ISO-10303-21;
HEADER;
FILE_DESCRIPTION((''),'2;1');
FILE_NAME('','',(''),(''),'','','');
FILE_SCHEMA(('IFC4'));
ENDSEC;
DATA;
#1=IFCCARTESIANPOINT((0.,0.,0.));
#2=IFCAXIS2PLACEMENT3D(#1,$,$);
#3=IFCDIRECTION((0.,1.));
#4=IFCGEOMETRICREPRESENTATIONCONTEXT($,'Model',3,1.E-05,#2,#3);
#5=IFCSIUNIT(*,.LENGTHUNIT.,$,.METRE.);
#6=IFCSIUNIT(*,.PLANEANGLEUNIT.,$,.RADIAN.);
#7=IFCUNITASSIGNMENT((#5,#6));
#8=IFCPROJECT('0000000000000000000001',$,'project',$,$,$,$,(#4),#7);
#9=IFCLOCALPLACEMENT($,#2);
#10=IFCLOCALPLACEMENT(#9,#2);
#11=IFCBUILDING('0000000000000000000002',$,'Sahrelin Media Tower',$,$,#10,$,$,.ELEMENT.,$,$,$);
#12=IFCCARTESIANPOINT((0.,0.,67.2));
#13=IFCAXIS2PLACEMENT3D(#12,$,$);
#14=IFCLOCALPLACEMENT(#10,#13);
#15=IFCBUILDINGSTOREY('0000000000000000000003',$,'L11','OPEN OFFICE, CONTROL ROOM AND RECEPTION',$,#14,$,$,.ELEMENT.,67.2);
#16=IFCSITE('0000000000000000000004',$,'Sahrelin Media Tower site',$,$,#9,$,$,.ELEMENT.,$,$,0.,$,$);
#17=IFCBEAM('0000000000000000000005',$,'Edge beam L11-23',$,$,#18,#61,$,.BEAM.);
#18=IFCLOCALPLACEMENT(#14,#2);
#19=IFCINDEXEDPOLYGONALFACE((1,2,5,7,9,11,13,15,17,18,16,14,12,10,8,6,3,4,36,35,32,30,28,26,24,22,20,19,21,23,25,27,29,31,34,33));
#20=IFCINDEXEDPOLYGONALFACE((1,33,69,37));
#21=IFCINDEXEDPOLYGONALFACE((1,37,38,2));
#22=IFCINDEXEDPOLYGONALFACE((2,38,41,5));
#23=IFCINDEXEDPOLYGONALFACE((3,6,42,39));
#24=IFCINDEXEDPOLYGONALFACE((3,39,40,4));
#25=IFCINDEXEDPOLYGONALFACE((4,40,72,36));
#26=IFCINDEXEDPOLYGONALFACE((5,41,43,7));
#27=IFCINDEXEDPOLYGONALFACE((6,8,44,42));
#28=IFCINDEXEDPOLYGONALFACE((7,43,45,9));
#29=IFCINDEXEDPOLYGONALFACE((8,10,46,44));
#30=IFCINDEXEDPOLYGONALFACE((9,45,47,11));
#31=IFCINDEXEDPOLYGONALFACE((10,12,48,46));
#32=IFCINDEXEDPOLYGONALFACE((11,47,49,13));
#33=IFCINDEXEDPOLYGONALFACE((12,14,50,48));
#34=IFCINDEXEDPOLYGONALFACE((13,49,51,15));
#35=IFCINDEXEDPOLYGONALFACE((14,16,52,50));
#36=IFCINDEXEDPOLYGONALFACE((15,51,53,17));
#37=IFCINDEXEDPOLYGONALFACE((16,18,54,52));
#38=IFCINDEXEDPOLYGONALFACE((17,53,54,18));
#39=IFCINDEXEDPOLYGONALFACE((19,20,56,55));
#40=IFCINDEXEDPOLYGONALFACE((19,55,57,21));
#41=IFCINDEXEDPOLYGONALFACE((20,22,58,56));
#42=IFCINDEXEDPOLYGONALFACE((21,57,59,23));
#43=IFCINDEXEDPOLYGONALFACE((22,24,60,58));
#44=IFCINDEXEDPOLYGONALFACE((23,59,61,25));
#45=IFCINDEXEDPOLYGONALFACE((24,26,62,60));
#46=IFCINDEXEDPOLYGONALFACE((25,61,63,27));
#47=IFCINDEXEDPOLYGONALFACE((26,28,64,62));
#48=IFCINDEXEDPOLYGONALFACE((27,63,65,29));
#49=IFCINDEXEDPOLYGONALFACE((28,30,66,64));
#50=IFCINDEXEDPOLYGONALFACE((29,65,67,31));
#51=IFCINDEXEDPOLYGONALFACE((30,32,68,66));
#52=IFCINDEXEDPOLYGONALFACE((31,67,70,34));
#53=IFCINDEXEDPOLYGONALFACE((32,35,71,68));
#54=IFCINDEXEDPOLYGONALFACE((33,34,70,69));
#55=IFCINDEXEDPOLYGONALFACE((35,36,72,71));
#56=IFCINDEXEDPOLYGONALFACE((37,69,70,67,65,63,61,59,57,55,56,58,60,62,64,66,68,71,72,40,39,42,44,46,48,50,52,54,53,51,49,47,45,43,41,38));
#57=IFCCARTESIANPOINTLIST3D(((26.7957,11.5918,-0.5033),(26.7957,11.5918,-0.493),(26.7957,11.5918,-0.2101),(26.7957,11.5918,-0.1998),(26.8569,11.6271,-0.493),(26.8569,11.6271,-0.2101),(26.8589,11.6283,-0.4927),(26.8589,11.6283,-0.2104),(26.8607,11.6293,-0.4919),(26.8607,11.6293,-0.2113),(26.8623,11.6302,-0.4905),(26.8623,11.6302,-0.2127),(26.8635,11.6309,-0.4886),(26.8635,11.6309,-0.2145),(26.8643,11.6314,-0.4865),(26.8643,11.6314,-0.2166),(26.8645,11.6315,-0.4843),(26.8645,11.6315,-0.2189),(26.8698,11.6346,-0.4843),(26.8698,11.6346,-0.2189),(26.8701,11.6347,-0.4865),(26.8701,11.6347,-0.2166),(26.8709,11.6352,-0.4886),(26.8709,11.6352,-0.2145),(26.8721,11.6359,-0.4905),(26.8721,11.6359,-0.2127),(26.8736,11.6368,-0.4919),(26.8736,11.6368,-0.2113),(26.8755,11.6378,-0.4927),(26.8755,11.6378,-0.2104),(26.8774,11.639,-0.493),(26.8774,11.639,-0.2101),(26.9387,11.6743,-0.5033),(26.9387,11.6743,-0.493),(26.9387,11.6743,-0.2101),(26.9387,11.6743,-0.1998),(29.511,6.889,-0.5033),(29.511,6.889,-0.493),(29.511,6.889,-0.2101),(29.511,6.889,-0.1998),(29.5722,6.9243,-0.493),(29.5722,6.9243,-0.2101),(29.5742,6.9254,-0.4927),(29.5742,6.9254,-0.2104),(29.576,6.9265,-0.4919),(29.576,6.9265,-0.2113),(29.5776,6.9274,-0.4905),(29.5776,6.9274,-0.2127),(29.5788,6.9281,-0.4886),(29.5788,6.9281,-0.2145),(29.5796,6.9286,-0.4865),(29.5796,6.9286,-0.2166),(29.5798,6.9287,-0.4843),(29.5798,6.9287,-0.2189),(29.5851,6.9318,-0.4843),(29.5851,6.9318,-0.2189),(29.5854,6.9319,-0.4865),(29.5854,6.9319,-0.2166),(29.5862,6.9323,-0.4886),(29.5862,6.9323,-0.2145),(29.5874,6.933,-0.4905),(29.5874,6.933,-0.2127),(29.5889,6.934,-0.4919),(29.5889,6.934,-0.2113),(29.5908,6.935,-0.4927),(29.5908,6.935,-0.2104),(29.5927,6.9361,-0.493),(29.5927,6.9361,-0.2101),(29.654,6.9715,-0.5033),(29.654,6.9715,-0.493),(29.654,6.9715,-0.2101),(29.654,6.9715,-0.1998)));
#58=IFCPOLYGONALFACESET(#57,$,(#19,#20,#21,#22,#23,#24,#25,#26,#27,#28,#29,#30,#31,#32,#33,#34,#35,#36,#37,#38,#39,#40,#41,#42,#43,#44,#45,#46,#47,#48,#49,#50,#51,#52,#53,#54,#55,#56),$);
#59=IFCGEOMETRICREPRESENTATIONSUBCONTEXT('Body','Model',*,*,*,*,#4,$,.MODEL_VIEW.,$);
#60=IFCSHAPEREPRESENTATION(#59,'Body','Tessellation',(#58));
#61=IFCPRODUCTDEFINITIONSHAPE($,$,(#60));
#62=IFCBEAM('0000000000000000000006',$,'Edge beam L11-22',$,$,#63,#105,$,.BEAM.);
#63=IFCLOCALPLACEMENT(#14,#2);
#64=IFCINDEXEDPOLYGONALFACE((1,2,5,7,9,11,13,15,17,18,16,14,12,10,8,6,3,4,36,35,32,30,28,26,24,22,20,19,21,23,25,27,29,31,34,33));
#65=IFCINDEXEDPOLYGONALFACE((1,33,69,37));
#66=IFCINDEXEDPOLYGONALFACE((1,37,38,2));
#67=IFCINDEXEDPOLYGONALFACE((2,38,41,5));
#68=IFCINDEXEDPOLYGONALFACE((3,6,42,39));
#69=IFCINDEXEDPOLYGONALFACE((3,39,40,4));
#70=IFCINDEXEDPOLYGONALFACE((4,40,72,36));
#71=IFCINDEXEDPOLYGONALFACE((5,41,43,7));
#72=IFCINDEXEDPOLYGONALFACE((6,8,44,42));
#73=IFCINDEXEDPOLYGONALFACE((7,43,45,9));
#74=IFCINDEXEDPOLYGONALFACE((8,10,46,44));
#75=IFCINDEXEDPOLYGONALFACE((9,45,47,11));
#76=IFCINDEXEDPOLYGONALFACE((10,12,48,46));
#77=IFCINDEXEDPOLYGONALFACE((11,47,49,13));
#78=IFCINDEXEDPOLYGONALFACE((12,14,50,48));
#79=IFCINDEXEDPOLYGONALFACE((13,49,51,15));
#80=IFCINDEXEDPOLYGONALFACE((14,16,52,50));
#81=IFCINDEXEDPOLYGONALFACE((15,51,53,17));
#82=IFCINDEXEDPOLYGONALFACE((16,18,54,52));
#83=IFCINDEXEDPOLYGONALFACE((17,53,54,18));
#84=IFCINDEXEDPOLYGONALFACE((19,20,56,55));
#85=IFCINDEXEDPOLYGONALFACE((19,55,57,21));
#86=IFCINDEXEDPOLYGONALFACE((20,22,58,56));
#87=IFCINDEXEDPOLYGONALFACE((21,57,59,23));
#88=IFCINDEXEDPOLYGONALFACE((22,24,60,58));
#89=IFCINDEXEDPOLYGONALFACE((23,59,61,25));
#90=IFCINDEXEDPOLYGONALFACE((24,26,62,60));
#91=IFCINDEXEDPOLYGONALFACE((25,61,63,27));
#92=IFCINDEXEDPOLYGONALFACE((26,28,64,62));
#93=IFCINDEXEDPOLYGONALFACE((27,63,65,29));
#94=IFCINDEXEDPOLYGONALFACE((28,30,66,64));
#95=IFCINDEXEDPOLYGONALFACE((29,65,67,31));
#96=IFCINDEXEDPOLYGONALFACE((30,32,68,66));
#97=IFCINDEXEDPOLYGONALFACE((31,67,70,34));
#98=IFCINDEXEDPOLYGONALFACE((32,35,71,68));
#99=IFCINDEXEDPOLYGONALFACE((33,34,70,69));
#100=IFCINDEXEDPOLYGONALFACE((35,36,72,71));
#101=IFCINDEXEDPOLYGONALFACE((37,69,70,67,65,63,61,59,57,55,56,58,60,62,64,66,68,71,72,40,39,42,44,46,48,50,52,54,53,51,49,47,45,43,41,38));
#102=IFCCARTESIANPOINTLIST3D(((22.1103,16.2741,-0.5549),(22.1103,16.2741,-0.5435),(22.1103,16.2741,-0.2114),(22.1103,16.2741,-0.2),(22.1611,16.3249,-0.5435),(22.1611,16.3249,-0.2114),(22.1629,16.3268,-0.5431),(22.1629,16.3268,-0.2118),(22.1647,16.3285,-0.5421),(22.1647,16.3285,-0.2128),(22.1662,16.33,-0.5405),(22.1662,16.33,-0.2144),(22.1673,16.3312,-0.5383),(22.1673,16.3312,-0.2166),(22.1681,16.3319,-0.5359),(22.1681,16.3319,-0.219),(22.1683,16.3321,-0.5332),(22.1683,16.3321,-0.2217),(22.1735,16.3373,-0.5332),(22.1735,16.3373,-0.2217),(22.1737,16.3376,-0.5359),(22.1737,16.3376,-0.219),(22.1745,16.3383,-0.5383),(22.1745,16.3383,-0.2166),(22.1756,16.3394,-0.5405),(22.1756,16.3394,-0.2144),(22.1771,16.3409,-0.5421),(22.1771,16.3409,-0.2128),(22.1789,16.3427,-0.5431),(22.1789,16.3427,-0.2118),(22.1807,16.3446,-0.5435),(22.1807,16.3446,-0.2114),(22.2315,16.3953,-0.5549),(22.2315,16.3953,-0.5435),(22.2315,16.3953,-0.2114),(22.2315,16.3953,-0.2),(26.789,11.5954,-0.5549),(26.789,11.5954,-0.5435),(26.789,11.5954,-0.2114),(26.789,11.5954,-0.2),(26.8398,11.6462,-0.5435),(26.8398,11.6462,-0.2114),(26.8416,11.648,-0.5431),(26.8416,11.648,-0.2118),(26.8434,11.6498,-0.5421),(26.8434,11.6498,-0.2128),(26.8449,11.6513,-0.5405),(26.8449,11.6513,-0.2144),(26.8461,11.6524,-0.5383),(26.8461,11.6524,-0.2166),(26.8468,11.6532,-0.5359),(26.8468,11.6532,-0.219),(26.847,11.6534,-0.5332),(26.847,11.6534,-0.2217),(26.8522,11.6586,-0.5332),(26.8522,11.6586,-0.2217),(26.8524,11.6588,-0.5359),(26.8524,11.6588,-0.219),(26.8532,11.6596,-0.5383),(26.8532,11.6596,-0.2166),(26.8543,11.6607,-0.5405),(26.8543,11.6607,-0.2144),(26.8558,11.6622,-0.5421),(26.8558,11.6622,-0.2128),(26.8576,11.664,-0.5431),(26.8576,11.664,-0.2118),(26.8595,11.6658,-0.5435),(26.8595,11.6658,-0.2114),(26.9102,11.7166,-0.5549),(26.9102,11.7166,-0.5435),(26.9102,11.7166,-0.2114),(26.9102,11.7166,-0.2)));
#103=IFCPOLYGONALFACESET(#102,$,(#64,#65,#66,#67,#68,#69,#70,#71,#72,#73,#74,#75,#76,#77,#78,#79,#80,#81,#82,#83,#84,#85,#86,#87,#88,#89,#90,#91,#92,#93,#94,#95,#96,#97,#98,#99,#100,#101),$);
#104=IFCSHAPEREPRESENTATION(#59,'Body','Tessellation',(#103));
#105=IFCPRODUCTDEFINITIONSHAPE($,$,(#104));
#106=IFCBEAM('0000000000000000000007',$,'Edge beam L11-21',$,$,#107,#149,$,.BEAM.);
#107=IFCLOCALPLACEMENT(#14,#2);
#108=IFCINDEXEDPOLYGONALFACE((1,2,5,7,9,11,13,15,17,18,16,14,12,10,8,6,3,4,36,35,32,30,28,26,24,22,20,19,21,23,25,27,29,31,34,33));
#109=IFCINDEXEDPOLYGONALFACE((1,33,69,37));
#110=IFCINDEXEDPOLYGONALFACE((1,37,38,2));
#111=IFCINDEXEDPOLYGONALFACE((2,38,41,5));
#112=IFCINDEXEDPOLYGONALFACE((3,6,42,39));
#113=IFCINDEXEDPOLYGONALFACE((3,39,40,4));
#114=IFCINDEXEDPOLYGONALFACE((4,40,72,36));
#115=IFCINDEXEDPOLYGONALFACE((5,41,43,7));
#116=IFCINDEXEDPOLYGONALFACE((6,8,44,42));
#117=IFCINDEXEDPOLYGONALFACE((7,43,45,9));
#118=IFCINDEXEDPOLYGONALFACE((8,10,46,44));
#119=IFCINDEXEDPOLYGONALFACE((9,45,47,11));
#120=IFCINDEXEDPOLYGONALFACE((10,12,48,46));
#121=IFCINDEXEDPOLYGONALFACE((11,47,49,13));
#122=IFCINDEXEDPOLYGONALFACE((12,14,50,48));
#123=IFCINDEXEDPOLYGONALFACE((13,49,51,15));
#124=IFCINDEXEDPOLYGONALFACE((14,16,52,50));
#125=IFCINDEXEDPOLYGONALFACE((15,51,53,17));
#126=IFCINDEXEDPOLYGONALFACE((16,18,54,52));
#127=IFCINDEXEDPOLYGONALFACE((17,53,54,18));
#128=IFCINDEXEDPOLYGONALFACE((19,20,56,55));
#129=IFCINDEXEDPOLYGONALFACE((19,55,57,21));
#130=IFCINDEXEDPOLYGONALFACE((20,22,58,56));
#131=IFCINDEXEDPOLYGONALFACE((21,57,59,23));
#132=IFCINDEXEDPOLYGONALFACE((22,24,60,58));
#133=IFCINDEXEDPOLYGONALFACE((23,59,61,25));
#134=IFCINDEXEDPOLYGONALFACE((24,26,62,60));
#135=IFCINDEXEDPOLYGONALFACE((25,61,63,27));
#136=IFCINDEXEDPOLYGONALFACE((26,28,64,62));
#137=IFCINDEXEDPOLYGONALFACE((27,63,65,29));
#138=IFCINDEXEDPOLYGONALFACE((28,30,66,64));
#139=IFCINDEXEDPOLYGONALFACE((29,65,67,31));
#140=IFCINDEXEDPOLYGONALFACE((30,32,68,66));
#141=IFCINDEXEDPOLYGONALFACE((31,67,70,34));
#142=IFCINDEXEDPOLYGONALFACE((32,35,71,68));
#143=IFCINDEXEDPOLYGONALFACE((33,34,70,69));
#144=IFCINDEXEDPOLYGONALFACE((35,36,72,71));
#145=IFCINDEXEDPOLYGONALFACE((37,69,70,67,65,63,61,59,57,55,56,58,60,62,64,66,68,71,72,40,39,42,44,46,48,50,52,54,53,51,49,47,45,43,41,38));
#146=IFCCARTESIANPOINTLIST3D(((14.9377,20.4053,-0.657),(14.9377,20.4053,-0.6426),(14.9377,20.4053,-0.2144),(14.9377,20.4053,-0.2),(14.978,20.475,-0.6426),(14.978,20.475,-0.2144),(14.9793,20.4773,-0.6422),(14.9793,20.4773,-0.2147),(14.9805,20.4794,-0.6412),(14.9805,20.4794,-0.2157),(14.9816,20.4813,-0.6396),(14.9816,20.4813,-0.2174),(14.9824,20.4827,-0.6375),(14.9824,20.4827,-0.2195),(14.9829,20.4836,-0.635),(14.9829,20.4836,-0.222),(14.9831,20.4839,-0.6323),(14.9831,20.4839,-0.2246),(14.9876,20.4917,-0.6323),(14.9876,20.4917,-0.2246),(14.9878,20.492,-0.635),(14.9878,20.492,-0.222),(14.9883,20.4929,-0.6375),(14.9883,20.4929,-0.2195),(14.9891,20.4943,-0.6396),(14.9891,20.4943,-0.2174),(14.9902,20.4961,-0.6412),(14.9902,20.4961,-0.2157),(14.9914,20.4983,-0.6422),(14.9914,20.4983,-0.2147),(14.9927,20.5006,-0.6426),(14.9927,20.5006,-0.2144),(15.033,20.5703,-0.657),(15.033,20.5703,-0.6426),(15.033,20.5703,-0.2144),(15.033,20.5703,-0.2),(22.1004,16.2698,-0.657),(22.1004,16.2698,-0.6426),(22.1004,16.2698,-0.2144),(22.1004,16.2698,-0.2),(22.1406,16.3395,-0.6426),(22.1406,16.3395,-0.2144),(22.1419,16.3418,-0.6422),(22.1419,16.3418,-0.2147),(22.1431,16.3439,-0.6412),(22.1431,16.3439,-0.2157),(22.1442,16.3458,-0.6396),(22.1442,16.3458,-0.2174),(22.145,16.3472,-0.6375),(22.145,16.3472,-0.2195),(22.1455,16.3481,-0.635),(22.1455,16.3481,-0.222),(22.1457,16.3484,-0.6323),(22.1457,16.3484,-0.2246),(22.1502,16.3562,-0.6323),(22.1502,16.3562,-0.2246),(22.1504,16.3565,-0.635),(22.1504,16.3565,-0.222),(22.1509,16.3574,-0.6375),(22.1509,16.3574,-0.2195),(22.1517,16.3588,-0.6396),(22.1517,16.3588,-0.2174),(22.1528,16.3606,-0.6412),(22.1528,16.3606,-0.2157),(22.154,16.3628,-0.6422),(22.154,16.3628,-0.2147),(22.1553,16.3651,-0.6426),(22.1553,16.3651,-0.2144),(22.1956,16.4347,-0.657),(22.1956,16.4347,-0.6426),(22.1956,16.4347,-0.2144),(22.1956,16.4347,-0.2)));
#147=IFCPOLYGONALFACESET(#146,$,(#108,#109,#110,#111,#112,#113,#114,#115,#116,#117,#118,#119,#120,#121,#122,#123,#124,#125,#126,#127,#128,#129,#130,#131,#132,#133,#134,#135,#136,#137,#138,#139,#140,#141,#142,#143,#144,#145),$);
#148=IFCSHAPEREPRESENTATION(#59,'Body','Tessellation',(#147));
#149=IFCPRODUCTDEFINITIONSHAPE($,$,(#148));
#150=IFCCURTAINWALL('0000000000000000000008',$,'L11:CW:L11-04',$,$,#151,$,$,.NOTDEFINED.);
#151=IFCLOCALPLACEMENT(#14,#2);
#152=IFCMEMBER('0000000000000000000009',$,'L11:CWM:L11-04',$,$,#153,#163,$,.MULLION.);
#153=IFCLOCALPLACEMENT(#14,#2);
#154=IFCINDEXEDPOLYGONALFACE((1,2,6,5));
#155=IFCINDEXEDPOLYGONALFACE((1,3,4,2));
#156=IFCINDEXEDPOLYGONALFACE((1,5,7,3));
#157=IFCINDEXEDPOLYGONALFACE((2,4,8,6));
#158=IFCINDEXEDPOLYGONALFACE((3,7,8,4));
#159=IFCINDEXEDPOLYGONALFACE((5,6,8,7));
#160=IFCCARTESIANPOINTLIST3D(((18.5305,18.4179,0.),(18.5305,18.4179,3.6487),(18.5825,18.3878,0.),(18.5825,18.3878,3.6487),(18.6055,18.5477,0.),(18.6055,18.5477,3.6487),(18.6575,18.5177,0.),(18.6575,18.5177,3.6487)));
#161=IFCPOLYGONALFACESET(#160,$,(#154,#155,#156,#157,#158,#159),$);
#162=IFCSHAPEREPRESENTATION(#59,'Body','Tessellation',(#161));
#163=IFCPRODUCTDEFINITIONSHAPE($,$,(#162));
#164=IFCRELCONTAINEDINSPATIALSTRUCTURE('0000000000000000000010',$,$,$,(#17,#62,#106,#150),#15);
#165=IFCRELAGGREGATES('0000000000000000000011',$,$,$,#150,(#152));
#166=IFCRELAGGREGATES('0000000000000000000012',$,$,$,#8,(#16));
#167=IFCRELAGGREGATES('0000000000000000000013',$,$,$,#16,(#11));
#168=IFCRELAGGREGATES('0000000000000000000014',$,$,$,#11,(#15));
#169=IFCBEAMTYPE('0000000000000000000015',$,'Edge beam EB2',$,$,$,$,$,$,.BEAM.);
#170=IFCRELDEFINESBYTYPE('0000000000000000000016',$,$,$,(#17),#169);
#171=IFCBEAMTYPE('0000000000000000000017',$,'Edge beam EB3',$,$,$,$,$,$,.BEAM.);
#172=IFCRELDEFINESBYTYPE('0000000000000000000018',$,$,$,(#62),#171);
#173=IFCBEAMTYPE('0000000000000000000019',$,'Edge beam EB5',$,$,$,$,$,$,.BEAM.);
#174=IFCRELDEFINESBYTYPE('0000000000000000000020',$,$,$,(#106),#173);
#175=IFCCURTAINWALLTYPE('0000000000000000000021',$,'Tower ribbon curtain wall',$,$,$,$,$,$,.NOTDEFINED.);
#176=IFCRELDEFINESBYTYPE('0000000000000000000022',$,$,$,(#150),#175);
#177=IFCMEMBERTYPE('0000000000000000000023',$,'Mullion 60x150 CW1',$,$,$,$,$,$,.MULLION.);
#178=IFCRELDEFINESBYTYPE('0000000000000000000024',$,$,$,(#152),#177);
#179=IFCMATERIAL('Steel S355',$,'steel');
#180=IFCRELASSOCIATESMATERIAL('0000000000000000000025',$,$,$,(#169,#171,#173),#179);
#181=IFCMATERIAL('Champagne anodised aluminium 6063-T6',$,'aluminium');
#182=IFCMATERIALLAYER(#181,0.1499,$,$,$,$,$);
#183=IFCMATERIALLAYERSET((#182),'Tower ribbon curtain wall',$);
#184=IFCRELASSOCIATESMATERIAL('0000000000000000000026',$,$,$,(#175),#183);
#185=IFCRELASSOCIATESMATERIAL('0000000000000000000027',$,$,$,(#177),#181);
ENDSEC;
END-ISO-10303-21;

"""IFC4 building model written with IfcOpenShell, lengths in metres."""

from ifc_helpers import new_model, si_unit, direction, frame, origin, origin_2d, place, context, subcontext, project, spatial, rectangle, i_section, extrude, material, layer, layer_set, material_profile, profile_set, type_object, element, aggregate, save


model = new_model("IFC4")

# Units and contexts
model_context = context("Model", 3, precision=1e-05, world=origin(), true_north=direction((0.0, 1.0)))
body_context = subcontext(model_context, "Body", "Model", "MODEL_VIEW")
ifc_project = project(units=[si_unit("LENGTHUNIT", "METRE"), si_unit("PLANEANGLEUNIT", "RADIAN")], contexts=[model_context])

# Site, building, storey
site_placement = place(None, origin())
site = spatial("IfcSite", under=ifc_project, at=site_placement, Name="Sahrelin Media Tower site", CompositionType="ELEMENT", RefElevation=0.0)
building_placement = place(site_placement, origin())
building = spatial("IfcBuilding", under=site, at=building_placement, Name="Sahrelin Media Tower", CompositionType="ELEMENT")
storey_placement = place(building_placement, frame((0.0, 0.0, 67.2)))
storey = spatial("IfcBuildingStorey", under=building, at=storey_placement, Name="L11", Description="OPEN OFFICE, CONTROL ROOM AND RECEPTION", CompositionType="ELEMENT", Elevation=67.2)

# Beams
ifc_material_1 = material(Name="Steel S355", Category="steel")
ifc_material_profile_1 = material_profile(ifc_material_1, i_section(OverallWidth=0.165, OverallDepth=0.3035, WebThickness=0.0061, FlangeThickness=0.0103, FilletRadius=0.0088, at=origin_2d()), Name="UB 305x165x40")
ifc_profile_set_1 = profile_set([ifc_material_profile_1], Name="Steel S355")
beam_type_1 = type_object("IfcBeamType", Name="Edge beam EB2", PredefinedType="BEAM", material=ifc_profile_set_1)
beam_1_placement = place(storey_placement, frame((26.8672, 11.6331, -0.3516), z_axis=(0.500017, -0.866016, 0.0), x_axis=(0.866016, 0.500017, 0.0)))
element("IfcBeam", 1, at=beam_1_placement, inside=storey, type_object=beam_type_1, Name="Edge beam L11-23", PredefinedType="BEAM", context=body_context, shape_type="SweptSolid", body=[
    extrude(i_section(OverallWidth=0.165, OverallDepth=0.3035, WebThickness=0.0061, FlangeThickness=0.0103, FilletRadius=0.0088, at=origin_2d()), origin(), (0.0, 0.0, 1.0), 5.4304),
])
ifc_material_profile_2 = material_profile(ifc_material_1, i_section(OverallWidth=0.1714, OverallDepth=0.355, WebThickness=0.0073, FlangeThickness=0.0115, FilletRadius=0.0103, at=origin_2d()), Name="UB 356x171x51")
ifc_profile_set_2 = profile_set([ifc_material_profile_2], Name="Steel S355")
beam_type_2 = type_object("IfcBeamType", Name="Edge beam EB3", PredefinedType="BEAM", material=ifc_profile_set_2)
beam_2_placement = place(storey_placement, frame((22.1709, 16.3347, -0.3774), z_axis=(0.707107, -0.707107, 0.0), x_axis=(0.707107, 0.707107, 0.0)))
element("IfcBeam", 2, at=beam_2_placement, inside=storey, type_object=beam_type_2, Name="Edge beam L11-22", PredefinedType="BEAM", context=body_context, shape_type="SweptSolid", body=[
    extrude(i_section(OverallWidth=0.1714, OverallDepth=0.355, WebThickness=0.0073, FlangeThickness=0.0115, FilletRadius=0.0103, at=origin_2d()), origin(), (0.0, 0.0, 1.0), 6.6167),
])
ifc_material_profile_3 = material_profile(ifc_material_1, i_section(OverallWidth=0.1904, OverallDepth=0.457, WebThickness=0.009, FlangeThickness=0.0144, FilletRadius=0.0103, at=origin_2d()), Name="UB 457x191x74")
ifc_profile_set_3 = profile_set([ifc_material_profile_3], Name="Steel S355")
beam_type_3 = type_object("IfcBeamType", Name="Edge beam EB5", PredefinedType="BEAM", material=ifc_profile_set_3)
beam_3_placement = place(storey_placement, frame((14.9854, 20.4878, -0.4285), z_axis=(0.866016, -0.500015, 0.0), x_axis=(0.500015, 0.866016, 0.0)))
element("IfcBeam", 3, at=beam_3_placement, inside=storey, type_object=beam_type_3, Name="Edge beam L11-21", PredefinedType="BEAM", context=body_context, shape_type="SweptSolid", body=[
    extrude(i_section(OverallWidth=0.1904, OverallDepth=0.457, WebThickness=0.009, FlangeThickness=0.0144, FilletRadius=0.0103, at=origin_2d()), origin(), (0.0, 0.0, 1.0), 8.2708),
])

# Curtain wall, member
ifc_material_2 = material(Name="Champagne anodised aluminium 6063-T6", Category="aluminium")
ifc_layer_1 = layer(ifc_material_2, 0.1499)
ifc_layer_set_1 = layer_set([ifc_layer_1], Name="Tower ribbon curtain wall")
curtain_wall_type = type_object("IfcCurtainWallType", Name="Tower ribbon curtain wall", PredefinedType="NOTDEFINED", material=ifc_layer_set_1)
curtain_wall_1_placement = place(storey_placement, frame((18.6416, 18.5498, 0.0), z_axis=(0.0, 0.0, 1.0), x_axis=(1.0, 0.0, 0.0)))
curtain_wall_1 = element("IfcCurtainWall", 4, at=curtain_wall_1_placement, inside=storey, type_object=curtain_wall_type, Name="L11:CW:L11-04", PredefinedType="NOTDEFINED")
ifc_material_profile_4 = material_profile(ifc_material_2, rectangle(XDim=0.0601, YDim=0.1499, at=origin_2d()), Name="Mullion 60x150")
ifc_profile_set_4 = profile_set([ifc_material_profile_4], Name="Champagne anodised aluminium 6063-T6")
member_type_1 = type_object("IfcMemberType", Name="Mullion 60x150 CW1", PredefinedType="MULLION", material=ifc_profile_set_4)
member_1_placement = place(storey_placement, frame((18.594, 18.4678, 0.0), z_axis=(0.0, 0.0, 1.0), x_axis=(-0.866025, 0.500002, 0.0)))
member_1 = element("IfcMember", 5, at=member_1_placement, type_object=member_type_1, Name="L11:CWM:L11-04", PredefinedType="MULLION", context=body_context, shape_type="SweptSolid", body=[
    extrude(rectangle(XDim=0.0601, YDim=0.1499, at=origin_2d()), origin(), (0.0, 0.0, 1.0), 3.6487),
])

aggregate(curtain_wall_1, [member_1])

save(model, "model.ifc")
